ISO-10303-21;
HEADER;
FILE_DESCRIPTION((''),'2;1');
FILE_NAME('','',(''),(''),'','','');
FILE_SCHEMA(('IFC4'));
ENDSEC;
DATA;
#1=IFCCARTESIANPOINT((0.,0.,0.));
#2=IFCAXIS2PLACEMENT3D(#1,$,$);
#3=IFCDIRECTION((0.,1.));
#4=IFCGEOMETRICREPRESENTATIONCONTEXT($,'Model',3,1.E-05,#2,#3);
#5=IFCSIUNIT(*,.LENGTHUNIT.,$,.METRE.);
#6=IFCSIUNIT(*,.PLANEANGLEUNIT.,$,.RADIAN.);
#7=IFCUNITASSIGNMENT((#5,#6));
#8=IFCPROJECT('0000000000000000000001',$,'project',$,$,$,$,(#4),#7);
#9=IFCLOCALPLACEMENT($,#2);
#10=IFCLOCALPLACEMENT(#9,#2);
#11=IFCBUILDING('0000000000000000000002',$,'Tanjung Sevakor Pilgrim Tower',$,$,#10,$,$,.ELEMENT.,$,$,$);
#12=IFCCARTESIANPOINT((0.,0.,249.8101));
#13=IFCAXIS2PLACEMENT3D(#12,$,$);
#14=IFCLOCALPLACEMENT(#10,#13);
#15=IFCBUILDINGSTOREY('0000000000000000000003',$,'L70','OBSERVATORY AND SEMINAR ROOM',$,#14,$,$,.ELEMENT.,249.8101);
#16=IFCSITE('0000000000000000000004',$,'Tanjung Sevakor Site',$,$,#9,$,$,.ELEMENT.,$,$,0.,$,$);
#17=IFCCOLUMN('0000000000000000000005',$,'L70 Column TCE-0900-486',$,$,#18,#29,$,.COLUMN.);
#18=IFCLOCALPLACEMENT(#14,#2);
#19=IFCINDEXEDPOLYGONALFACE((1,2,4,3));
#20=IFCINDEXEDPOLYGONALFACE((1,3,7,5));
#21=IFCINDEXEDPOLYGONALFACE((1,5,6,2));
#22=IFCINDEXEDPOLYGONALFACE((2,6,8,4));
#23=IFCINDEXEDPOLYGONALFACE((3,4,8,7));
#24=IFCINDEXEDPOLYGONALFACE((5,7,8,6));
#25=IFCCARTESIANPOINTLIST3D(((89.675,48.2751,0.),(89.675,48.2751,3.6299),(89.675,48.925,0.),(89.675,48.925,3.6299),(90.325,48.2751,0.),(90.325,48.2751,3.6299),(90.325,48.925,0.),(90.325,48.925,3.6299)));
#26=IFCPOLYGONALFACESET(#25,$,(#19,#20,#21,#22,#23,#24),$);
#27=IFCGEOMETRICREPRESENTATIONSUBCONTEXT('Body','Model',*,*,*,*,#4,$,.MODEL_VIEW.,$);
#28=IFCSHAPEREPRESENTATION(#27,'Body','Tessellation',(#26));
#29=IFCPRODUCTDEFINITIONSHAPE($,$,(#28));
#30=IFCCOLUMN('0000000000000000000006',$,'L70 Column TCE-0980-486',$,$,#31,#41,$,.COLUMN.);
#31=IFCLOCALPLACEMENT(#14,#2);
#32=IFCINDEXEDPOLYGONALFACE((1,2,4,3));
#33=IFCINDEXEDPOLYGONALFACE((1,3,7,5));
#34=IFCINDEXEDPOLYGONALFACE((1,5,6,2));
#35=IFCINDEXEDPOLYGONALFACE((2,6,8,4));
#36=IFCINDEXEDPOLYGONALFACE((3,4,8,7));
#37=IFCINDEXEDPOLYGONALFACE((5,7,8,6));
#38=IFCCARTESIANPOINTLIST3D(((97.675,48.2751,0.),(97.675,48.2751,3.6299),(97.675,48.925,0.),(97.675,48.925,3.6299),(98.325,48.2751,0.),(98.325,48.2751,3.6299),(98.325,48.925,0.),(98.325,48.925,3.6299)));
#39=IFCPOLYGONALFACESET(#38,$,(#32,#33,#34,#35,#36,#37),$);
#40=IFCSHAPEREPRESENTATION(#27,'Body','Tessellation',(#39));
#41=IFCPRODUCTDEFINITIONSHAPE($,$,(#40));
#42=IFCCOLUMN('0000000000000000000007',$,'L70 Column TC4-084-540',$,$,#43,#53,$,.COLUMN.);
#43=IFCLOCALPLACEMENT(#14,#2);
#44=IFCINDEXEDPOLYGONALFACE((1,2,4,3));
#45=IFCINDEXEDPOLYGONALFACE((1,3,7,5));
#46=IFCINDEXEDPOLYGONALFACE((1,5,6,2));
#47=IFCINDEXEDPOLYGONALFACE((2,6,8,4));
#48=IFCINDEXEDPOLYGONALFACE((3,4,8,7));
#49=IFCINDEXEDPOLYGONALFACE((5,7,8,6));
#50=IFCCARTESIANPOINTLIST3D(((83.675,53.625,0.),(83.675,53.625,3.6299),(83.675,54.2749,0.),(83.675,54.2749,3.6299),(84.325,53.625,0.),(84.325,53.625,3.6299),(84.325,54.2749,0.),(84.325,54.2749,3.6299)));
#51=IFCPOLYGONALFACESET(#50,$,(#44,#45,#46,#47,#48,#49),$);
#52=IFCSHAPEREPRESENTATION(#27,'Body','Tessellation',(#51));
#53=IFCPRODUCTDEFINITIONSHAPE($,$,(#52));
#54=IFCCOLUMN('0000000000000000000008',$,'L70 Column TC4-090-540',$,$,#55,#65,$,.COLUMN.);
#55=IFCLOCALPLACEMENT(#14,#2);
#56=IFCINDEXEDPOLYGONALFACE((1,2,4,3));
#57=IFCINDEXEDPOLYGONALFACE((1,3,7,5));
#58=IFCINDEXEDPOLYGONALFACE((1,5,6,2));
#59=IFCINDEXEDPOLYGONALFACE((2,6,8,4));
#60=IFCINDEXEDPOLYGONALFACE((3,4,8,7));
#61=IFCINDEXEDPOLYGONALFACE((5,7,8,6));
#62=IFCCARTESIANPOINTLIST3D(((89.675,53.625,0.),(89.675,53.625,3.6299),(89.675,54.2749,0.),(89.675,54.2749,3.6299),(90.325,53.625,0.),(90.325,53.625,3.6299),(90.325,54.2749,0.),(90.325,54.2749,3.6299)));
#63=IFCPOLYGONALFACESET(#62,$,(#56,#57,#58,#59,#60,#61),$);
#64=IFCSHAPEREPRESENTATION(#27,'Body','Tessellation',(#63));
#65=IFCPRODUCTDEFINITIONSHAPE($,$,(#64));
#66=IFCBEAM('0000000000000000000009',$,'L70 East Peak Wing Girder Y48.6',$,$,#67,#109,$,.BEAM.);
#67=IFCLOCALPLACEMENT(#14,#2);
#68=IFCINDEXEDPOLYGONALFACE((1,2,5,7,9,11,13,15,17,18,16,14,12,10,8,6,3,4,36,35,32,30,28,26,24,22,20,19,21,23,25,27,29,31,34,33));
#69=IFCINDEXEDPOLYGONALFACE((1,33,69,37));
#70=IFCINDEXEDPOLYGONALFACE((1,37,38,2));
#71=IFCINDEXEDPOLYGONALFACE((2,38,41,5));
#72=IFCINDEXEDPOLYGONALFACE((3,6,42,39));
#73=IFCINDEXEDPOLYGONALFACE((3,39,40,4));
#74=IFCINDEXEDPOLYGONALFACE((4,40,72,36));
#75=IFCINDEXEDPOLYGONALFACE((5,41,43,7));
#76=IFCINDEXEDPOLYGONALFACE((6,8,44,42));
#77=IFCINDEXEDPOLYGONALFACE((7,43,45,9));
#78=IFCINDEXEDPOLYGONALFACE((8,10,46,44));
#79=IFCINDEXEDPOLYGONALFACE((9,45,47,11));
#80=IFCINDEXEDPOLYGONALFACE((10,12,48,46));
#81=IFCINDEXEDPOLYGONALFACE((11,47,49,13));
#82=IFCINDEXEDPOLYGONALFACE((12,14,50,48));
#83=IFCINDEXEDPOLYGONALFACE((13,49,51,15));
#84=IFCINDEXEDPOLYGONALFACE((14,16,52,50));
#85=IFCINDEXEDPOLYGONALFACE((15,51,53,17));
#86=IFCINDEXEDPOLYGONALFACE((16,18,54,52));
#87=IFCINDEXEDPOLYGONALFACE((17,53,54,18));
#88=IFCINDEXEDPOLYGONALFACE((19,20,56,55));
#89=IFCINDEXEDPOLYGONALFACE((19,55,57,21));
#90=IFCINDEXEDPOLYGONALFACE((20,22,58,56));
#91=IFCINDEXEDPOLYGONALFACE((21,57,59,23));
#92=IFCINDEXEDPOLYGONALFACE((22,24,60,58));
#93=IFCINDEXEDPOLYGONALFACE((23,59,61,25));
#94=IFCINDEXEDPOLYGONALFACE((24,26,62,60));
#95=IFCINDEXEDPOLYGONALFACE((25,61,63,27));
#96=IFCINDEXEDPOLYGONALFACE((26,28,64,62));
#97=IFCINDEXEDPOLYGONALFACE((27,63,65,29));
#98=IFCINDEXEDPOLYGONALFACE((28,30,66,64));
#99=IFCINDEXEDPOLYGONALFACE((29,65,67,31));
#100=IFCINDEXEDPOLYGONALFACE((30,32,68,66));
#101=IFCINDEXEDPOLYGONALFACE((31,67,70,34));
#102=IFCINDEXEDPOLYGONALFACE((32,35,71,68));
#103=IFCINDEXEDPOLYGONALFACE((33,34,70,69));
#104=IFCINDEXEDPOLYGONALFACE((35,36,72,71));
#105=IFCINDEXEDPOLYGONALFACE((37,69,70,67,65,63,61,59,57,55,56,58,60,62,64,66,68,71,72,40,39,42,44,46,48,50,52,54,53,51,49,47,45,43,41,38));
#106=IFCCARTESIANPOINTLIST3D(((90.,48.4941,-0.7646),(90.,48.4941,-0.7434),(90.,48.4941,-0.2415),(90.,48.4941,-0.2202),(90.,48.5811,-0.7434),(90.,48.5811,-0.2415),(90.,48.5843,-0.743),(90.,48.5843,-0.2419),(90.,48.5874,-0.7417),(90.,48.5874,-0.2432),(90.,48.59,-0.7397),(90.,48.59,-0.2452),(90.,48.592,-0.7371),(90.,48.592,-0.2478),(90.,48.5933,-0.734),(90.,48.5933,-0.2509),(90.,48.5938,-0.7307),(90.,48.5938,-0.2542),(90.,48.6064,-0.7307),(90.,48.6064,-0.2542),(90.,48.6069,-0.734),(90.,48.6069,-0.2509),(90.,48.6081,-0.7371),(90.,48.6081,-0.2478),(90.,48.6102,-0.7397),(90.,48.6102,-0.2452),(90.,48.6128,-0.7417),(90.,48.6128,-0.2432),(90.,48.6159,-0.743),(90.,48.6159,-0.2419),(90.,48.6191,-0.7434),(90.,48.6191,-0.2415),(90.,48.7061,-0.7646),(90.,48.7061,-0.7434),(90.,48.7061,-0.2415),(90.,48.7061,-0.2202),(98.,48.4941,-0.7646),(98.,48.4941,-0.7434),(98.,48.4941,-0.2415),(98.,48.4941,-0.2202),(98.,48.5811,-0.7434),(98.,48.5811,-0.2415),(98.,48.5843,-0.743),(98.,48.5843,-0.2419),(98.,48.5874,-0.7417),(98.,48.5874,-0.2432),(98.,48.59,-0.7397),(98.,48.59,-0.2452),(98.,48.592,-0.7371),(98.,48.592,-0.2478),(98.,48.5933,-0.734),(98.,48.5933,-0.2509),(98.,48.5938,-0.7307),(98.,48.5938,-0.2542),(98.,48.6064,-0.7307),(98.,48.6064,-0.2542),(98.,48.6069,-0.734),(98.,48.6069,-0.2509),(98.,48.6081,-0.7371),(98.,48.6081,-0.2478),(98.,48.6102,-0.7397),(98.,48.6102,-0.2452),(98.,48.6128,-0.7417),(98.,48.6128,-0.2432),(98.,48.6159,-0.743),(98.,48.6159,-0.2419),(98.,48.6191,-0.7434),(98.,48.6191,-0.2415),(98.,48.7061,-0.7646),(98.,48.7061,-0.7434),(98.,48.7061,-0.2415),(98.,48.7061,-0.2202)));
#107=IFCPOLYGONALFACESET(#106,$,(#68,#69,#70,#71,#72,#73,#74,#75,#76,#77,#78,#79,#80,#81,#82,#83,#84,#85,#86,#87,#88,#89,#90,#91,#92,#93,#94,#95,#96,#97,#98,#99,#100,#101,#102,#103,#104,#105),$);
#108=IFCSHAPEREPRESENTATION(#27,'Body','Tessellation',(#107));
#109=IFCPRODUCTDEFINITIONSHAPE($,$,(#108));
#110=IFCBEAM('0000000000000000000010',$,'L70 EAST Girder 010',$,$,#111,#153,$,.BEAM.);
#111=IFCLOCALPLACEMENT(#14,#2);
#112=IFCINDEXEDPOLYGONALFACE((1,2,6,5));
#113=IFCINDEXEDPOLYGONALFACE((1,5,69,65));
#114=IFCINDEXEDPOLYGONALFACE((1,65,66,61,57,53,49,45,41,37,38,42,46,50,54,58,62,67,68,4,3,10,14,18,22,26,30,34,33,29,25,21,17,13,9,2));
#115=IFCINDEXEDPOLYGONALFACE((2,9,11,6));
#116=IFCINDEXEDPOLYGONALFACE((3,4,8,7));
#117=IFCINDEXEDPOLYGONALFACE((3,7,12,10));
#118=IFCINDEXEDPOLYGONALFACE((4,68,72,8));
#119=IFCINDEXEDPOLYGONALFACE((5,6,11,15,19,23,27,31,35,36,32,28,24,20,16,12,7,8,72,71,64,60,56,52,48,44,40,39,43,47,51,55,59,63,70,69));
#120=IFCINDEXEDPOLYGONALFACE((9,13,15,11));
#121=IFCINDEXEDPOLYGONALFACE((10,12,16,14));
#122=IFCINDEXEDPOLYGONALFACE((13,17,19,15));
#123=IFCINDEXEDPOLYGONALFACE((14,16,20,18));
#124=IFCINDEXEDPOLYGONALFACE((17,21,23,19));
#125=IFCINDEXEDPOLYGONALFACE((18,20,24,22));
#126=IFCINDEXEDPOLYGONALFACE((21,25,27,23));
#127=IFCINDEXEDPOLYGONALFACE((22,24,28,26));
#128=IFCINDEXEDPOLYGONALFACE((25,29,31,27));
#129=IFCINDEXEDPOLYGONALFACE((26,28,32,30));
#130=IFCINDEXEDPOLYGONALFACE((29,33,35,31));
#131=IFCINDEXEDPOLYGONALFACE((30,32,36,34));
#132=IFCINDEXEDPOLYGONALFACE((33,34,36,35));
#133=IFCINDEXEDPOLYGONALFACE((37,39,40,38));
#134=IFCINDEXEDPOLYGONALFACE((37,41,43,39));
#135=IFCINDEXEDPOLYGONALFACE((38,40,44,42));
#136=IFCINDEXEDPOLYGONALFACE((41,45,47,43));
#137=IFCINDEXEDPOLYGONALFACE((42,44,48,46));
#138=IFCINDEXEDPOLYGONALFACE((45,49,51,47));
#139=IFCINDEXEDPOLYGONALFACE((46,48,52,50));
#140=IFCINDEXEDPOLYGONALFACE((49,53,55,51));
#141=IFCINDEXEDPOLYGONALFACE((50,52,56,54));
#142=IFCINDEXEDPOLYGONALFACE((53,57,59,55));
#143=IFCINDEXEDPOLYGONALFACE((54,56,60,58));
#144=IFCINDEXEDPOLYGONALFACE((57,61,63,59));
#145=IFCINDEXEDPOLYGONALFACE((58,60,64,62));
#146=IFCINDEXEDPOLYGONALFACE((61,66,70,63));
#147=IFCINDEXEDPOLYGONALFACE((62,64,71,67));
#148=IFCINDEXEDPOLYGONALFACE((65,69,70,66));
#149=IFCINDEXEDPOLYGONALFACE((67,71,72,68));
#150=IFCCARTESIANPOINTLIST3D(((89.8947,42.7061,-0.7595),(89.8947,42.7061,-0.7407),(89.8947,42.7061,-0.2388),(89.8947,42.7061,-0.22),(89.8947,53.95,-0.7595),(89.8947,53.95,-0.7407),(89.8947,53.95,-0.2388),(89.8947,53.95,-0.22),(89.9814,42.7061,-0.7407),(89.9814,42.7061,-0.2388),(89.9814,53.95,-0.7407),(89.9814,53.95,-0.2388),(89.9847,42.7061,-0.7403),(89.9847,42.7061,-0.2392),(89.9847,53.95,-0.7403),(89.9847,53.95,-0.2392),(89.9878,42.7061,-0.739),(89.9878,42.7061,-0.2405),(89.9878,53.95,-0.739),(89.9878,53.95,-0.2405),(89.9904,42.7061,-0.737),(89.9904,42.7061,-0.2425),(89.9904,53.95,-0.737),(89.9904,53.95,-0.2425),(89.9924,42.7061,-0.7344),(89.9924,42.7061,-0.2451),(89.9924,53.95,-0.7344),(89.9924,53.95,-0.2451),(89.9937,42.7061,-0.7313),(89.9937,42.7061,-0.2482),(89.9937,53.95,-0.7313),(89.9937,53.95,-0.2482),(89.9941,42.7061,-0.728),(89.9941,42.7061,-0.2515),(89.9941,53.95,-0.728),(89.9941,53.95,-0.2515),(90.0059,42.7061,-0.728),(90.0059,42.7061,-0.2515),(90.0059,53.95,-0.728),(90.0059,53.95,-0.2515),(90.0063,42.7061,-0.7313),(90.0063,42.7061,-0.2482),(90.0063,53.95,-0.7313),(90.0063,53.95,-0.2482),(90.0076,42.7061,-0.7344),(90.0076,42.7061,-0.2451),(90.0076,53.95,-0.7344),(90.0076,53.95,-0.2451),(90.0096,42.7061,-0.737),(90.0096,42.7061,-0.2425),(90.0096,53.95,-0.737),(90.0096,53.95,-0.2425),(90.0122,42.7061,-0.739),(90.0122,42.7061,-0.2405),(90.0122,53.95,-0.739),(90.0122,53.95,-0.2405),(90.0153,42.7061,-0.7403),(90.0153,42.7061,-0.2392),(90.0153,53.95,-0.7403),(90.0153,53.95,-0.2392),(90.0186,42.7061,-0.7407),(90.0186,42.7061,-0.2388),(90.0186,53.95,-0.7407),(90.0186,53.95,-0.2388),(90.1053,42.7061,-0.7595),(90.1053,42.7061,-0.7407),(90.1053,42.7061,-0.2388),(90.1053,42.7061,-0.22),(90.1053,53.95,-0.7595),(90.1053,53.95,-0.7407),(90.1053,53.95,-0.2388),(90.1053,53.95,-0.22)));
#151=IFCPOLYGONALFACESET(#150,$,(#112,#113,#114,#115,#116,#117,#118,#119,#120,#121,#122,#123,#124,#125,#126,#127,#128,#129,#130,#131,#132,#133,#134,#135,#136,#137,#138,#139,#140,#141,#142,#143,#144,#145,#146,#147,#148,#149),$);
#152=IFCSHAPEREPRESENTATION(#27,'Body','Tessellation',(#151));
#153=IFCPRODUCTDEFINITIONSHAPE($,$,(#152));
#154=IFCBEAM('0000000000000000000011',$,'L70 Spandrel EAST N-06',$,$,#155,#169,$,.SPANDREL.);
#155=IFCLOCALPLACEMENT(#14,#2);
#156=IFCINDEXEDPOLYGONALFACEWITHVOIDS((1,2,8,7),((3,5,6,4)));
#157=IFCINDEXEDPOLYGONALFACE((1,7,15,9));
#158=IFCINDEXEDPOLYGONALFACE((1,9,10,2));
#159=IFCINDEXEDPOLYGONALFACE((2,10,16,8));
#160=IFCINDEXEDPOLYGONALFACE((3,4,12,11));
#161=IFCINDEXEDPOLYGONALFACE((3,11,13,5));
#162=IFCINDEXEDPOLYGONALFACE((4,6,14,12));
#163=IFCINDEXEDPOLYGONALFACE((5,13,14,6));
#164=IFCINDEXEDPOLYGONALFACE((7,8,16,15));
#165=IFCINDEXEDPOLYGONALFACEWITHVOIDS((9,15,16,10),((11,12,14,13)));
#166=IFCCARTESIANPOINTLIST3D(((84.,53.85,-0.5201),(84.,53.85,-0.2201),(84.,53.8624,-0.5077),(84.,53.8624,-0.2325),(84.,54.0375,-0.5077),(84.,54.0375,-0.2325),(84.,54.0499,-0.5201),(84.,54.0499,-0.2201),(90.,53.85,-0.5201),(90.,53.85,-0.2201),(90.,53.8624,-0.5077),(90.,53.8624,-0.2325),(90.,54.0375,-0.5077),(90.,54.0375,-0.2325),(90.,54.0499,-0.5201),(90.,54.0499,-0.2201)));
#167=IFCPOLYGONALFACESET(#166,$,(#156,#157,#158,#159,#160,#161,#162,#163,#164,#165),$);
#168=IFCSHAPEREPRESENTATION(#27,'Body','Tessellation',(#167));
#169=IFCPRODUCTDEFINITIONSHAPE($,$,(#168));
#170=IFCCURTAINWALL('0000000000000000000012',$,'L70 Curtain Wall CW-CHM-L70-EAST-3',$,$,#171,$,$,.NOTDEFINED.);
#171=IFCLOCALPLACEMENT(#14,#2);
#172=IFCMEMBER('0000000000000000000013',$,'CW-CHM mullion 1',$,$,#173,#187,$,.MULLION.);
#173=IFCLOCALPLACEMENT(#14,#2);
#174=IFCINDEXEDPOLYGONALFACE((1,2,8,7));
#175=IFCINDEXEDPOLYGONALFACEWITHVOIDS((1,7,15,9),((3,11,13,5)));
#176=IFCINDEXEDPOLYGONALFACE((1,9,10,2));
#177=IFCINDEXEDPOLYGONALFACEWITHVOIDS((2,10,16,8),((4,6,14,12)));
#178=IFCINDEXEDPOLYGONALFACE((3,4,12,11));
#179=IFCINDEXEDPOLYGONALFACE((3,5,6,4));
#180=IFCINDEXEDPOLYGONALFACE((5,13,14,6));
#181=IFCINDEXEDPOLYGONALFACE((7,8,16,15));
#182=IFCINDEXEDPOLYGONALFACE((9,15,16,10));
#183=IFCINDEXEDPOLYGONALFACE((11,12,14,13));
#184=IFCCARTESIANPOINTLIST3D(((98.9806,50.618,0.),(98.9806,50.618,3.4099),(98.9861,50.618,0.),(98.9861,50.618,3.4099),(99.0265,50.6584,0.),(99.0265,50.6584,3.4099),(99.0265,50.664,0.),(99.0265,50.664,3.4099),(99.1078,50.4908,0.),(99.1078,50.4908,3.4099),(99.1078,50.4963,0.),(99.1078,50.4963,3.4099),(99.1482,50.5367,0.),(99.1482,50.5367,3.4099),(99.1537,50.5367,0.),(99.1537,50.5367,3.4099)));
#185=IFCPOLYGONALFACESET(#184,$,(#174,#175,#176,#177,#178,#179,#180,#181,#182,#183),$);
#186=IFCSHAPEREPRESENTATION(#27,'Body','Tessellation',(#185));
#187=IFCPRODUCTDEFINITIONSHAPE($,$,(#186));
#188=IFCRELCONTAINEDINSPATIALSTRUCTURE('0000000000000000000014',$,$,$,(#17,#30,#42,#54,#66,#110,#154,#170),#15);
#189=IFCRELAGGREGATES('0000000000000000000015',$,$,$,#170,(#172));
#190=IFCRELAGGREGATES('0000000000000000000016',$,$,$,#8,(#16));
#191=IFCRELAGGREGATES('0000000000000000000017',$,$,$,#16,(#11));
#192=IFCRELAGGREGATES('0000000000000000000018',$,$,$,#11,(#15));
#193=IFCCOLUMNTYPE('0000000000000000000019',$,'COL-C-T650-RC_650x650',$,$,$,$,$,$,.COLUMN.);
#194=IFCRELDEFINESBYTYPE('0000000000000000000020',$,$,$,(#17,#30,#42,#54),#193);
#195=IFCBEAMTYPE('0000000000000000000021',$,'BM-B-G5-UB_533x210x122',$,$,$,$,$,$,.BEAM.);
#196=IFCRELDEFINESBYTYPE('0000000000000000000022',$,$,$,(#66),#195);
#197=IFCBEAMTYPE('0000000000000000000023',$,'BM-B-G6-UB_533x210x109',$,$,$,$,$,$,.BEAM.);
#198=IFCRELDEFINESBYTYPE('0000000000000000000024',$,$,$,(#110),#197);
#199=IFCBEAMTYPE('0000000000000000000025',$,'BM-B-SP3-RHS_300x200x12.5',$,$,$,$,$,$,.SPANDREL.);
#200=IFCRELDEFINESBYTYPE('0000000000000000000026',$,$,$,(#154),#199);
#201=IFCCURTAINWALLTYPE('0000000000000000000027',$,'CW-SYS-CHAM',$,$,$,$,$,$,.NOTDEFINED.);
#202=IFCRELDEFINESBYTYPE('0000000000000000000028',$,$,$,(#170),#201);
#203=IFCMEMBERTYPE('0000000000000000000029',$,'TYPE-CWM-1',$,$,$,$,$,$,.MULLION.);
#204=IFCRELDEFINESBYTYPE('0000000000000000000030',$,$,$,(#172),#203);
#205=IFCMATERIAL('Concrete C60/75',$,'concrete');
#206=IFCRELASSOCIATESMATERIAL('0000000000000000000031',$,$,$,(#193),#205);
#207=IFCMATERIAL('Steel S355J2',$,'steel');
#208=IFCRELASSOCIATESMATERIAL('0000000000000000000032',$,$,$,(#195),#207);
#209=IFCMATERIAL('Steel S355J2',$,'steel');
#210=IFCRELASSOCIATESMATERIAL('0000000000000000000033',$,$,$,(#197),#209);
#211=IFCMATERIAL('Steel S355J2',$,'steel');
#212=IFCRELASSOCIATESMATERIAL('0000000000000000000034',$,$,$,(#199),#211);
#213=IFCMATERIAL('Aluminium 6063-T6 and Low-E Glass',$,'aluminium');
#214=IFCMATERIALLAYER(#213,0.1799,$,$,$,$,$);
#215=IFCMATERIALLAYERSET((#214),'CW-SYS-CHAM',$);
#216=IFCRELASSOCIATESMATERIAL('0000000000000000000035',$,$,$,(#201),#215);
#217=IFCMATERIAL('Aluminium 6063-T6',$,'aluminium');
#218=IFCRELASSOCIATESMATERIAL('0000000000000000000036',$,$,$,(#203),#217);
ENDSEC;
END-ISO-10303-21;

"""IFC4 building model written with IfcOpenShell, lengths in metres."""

from ifc_helpers import new_model, si_unit, direction, frame, origin, origin_2d, place, context, subcontext, project, spatial, rectangle, hollow_rectangle, i_section, extrude, material, layer, layer_set, material_profile, profile_set, type_object, element, aggregate, save


model = new_model("IFC4")

# Units and contexts
model_context = context("Model", 3, precision=1e-05, world=origin(), true_north=direction((0.0, 1.0)))
body_context = subcontext(model_context, "Body", "Model", "MODEL_VIEW")
ifc_project = project(units=[si_unit("LENGTHUNIT", "METRE"), si_unit("PLANEANGLEUNIT", "RADIAN")], contexts=[model_context])

# Site, building, storey
site_placement = place(None, origin())
site = spatial("IfcSite", under=ifc_project, at=site_placement, Name="Tanjung Sevakor Site", CompositionType="ELEMENT", RefElevation=0.0)
building_placement = place(site_placement, origin())
building = spatial("IfcBuilding", under=site, at=building_placement, Name="Tanjung Sevakor Pilgrim Tower", CompositionType="ELEMENT")
storey_placement = place(building_placement, frame((0.0, 0.0, 249.8101)))
storey = spatial("IfcBuildingStorey", under=building, at=storey_placement, Name="L70", Description="OBSERVATORY AND SEMINAR ROOM", CompositionType="ELEMENT", Elevation=249.8101)

# Columns
ifc_material_1 = material(Name="Concrete C60/75", Category="concrete")
ifc_material_profile_1 = material_profile(ifc_material_1, rectangle(XDim=0.6499, YDim=0.6499, at=origin_2d()))
ifc_profile_set_1 = profile_set([ifc_material_profile_1], Name="Concrete C60/75")
column_type = type_object("IfcColumnType", Name="COL-C-T650-RC_650x650", PredefinedType="COLUMN", material=ifc_profile_set_1)
for number, where, z_axis, x_axis, name in (
    (1, (90.0, 48.6001, 0.0), (0.0, 0.0, 1.0), (1.0, 0.0, 0.0), "L70 Column TCE-0900-486"),
    (2, (98.0, 48.6001, 0.0), (0.0, 0.0, 1.0), (1.0, 0.0, 0.0), "L70 Column TCE-0980-486"),
    (3, (84.0, 53.95, 0.0), (0.0, 0.0, 1.0), (1.0, 0.0, 0.0), "L70 Column TC4-084-540"),
    (4, (90.0, 53.95, 0.0), (0.0, 0.0, 1.0), (1.0, 0.0, 0.0), "L70 Column TC4-090-540"),
):
    element("IfcColumn", number, at=place(storey_placement, frame(where, z_axis=z_axis, x_axis=x_axis)), inside=storey, type_object=column_type, Name=name, PredefinedType="COLUMN", context=body_context, shape_type="SweptSolid", body=[
        extrude(rectangle(XDim=0.6499, YDim=0.6499, at=origin_2d()), origin(), (0.0, 0.0, 1.0), 3.6299),
    ])

# Beams
ifc_material_2 = material(Name="Steel S355J2", Category="steel")
ifc_material_profile_2 = material_profile(ifc_material_2, i_section(OverallWidth=0.2119, OverallDepth=0.5444, WebThickness=0.0127, FlangeThickness=0.0212, FilletRadius=0.0127, at=origin_2d()))
ifc_profile_set_2 = profile_set([ifc_material_profile_2], Name="Steel S355J2")
beam_type_1 = type_object("IfcBeamType", Name="BM-B-G5-UB_533x210x122", PredefinedType="BEAM", material=ifc_profile_set_2)
beam_1_placement = place(storey_placement, frame((90.0, 48.6001, -0.4924), z_axis=(1.0, 0.0, 0.0), x_axis=(0.0, 1.0, 0.0)))
element("IfcBeam", 5, at=beam_1_placement, inside=storey, type_object=beam_type_1, Name="L70 East Peak Wing Girder Y48.6", PredefinedType="BEAM", context=body_context, shape_type="SweptSolid", body=[
    extrude(i_section(OverallWidth=0.2119, OverallDepth=0.5444, WebThickness=0.0127, FlangeThickness=0.0212, FilletRadius=0.0127, at=origin_2d()), origin(), (0.0, 0.0, 1.0), 8.0),
])
ifc_material_3 = material(Name="Steel S355J2", Category="steel")
ifc_material_profile_3 = material_profile(ifc_material_3, i_section(OverallWidth=0.2107, OverallDepth=0.5396, WebThickness=0.0117, FlangeThickness=0.0188, FilletRadius=0.0127, at=origin_2d()))
ifc_profile_set_3 = profile_set([ifc_material_profile_3], Name="Steel S355J2")
beam_type_2 = type_object("IfcBeamType", Name="BM-B-G6-UB_533x210x109", PredefinedType="BEAM", material=ifc_profile_set_3)
beam_2_placement = place(storey_placement, frame((90.0, 42.7061, -0.4897), z_axis=(0.0, 1.0, 0.0), x_axis=(-1.0, 0.0, 0.0)))
element("IfcBeam", 6, at=beam_2_placement, inside=storey, type_object=beam_type_2, Name="L70 EAST Girder 010", PredefinedType="BEAM", context=body_context, shape_type="SweptSolid", body=[
    extrude(i_section(OverallWidth=0.2107, OverallDepth=0.5396, WebThickness=0.0117, FlangeThickness=0.0188, FilletRadius=0.0127, at=origin_2d()), origin(), (0.0, 0.0, 1.0), 11.2439),
])
ifc_material_4 = material(Name="Steel S355J2", Category="steel")
ifc_material_profile_4 = material_profile(ifc_material_4, hollow_rectangle(XDim=0.2, YDim=0.3, WallThickness=0.0125, at=origin_2d()))
ifc_profile_set_4 = profile_set([ifc_material_profile_4], Name="Steel S355J2")
beam_type_3 = type_object("IfcBeamType", Name="BM-B-SP3-RHS_300x200x12.5", PredefinedType="SPANDREL", material=ifc_profile_set_4)
beam_3_placement = place(storey_placement, frame((84.0, 53.95, -0.3701), z_axis=(1.0, 0.0, 0.0), x_axis=(0.0, 1.0, 0.0)))
element("IfcBeam", 7, at=beam_3_placement, inside=storey, type_object=beam_type_3, Name="L70 Spandrel EAST N-06", PredefinedType="SPANDREL", context=body_context, shape_type="SweptSolid", body=[
    extrude(hollow_rectangle(XDim=0.2, YDim=0.3, WallThickness=0.0125, at=origin_2d()), origin(), (0.0, 0.0, 1.0), 6.0),
])

# Curtain wall, member
ifc_material_5 = material(Name="Aluminium 6063-T6 and Low-E Glass", Category="aluminium")
ifc_layer_1 = layer(ifc_material_5, 0.1799)
ifc_layer_set_1 = layer_set([ifc_layer_1], Name="CW-SYS-CHAM")
curtain_wall_type = type_object("IfcCurtainWallType", Name="CW-SYS-CHAM", PredefinedType="NOTDEFINED", material=ifc_layer_set_1)
curtain_wall_placement = place(storey_placement, origin())
curtain_wall = element("IfcCurtainWall", 8, at=curtain_wall_placement, inside=storey, type_object=curtain_wall_type, Name="L70 Curtain Wall CW-CHM-L70-EAST-3", PredefinedType="NOTDEFINED")
ifc_material_6 = material(Name="Aluminium 6063-T6", Category="aluminium")
ifc_material_profile_5 = material_profile(ifc_material_6, hollow_rectangle(XDim=0.0649, YDim=0.1799, WallThickness=0.0039, at=origin_2d()))
ifc_profile_set_5 = profile_set([ifc_material_profile_5], Name="Aluminium 6063-T6")
member_type_1 = type_object("IfcMemberType", Name="TYPE-CWM-1", PredefinedType="MULLION", material=ifc_profile_set_5)
member_1_placement = place(storey_placement, frame((99.0671, 50.5774, 0.0), z_axis=(0.0, 0.0, 1.0), x_axis=(-0.707107, -0.707107, 0.0)))
member_1 = element("IfcMember", 9, at=member_1_placement, type_object=member_type_1, Name="CW-CHM mullion 1", PredefinedType="MULLION", context=body_context, shape_type="SweptSolid", body=[
    extrude(hollow_rectangle(XDim=0.0649, YDim=0.1799, WallThickness=0.0039, at=origin_2d()), origin(), (0.0, 0.0, 1.0), 3.4099),
])
aggregate(curtain_wall, [member_1])

save(model, "model.ifc")
